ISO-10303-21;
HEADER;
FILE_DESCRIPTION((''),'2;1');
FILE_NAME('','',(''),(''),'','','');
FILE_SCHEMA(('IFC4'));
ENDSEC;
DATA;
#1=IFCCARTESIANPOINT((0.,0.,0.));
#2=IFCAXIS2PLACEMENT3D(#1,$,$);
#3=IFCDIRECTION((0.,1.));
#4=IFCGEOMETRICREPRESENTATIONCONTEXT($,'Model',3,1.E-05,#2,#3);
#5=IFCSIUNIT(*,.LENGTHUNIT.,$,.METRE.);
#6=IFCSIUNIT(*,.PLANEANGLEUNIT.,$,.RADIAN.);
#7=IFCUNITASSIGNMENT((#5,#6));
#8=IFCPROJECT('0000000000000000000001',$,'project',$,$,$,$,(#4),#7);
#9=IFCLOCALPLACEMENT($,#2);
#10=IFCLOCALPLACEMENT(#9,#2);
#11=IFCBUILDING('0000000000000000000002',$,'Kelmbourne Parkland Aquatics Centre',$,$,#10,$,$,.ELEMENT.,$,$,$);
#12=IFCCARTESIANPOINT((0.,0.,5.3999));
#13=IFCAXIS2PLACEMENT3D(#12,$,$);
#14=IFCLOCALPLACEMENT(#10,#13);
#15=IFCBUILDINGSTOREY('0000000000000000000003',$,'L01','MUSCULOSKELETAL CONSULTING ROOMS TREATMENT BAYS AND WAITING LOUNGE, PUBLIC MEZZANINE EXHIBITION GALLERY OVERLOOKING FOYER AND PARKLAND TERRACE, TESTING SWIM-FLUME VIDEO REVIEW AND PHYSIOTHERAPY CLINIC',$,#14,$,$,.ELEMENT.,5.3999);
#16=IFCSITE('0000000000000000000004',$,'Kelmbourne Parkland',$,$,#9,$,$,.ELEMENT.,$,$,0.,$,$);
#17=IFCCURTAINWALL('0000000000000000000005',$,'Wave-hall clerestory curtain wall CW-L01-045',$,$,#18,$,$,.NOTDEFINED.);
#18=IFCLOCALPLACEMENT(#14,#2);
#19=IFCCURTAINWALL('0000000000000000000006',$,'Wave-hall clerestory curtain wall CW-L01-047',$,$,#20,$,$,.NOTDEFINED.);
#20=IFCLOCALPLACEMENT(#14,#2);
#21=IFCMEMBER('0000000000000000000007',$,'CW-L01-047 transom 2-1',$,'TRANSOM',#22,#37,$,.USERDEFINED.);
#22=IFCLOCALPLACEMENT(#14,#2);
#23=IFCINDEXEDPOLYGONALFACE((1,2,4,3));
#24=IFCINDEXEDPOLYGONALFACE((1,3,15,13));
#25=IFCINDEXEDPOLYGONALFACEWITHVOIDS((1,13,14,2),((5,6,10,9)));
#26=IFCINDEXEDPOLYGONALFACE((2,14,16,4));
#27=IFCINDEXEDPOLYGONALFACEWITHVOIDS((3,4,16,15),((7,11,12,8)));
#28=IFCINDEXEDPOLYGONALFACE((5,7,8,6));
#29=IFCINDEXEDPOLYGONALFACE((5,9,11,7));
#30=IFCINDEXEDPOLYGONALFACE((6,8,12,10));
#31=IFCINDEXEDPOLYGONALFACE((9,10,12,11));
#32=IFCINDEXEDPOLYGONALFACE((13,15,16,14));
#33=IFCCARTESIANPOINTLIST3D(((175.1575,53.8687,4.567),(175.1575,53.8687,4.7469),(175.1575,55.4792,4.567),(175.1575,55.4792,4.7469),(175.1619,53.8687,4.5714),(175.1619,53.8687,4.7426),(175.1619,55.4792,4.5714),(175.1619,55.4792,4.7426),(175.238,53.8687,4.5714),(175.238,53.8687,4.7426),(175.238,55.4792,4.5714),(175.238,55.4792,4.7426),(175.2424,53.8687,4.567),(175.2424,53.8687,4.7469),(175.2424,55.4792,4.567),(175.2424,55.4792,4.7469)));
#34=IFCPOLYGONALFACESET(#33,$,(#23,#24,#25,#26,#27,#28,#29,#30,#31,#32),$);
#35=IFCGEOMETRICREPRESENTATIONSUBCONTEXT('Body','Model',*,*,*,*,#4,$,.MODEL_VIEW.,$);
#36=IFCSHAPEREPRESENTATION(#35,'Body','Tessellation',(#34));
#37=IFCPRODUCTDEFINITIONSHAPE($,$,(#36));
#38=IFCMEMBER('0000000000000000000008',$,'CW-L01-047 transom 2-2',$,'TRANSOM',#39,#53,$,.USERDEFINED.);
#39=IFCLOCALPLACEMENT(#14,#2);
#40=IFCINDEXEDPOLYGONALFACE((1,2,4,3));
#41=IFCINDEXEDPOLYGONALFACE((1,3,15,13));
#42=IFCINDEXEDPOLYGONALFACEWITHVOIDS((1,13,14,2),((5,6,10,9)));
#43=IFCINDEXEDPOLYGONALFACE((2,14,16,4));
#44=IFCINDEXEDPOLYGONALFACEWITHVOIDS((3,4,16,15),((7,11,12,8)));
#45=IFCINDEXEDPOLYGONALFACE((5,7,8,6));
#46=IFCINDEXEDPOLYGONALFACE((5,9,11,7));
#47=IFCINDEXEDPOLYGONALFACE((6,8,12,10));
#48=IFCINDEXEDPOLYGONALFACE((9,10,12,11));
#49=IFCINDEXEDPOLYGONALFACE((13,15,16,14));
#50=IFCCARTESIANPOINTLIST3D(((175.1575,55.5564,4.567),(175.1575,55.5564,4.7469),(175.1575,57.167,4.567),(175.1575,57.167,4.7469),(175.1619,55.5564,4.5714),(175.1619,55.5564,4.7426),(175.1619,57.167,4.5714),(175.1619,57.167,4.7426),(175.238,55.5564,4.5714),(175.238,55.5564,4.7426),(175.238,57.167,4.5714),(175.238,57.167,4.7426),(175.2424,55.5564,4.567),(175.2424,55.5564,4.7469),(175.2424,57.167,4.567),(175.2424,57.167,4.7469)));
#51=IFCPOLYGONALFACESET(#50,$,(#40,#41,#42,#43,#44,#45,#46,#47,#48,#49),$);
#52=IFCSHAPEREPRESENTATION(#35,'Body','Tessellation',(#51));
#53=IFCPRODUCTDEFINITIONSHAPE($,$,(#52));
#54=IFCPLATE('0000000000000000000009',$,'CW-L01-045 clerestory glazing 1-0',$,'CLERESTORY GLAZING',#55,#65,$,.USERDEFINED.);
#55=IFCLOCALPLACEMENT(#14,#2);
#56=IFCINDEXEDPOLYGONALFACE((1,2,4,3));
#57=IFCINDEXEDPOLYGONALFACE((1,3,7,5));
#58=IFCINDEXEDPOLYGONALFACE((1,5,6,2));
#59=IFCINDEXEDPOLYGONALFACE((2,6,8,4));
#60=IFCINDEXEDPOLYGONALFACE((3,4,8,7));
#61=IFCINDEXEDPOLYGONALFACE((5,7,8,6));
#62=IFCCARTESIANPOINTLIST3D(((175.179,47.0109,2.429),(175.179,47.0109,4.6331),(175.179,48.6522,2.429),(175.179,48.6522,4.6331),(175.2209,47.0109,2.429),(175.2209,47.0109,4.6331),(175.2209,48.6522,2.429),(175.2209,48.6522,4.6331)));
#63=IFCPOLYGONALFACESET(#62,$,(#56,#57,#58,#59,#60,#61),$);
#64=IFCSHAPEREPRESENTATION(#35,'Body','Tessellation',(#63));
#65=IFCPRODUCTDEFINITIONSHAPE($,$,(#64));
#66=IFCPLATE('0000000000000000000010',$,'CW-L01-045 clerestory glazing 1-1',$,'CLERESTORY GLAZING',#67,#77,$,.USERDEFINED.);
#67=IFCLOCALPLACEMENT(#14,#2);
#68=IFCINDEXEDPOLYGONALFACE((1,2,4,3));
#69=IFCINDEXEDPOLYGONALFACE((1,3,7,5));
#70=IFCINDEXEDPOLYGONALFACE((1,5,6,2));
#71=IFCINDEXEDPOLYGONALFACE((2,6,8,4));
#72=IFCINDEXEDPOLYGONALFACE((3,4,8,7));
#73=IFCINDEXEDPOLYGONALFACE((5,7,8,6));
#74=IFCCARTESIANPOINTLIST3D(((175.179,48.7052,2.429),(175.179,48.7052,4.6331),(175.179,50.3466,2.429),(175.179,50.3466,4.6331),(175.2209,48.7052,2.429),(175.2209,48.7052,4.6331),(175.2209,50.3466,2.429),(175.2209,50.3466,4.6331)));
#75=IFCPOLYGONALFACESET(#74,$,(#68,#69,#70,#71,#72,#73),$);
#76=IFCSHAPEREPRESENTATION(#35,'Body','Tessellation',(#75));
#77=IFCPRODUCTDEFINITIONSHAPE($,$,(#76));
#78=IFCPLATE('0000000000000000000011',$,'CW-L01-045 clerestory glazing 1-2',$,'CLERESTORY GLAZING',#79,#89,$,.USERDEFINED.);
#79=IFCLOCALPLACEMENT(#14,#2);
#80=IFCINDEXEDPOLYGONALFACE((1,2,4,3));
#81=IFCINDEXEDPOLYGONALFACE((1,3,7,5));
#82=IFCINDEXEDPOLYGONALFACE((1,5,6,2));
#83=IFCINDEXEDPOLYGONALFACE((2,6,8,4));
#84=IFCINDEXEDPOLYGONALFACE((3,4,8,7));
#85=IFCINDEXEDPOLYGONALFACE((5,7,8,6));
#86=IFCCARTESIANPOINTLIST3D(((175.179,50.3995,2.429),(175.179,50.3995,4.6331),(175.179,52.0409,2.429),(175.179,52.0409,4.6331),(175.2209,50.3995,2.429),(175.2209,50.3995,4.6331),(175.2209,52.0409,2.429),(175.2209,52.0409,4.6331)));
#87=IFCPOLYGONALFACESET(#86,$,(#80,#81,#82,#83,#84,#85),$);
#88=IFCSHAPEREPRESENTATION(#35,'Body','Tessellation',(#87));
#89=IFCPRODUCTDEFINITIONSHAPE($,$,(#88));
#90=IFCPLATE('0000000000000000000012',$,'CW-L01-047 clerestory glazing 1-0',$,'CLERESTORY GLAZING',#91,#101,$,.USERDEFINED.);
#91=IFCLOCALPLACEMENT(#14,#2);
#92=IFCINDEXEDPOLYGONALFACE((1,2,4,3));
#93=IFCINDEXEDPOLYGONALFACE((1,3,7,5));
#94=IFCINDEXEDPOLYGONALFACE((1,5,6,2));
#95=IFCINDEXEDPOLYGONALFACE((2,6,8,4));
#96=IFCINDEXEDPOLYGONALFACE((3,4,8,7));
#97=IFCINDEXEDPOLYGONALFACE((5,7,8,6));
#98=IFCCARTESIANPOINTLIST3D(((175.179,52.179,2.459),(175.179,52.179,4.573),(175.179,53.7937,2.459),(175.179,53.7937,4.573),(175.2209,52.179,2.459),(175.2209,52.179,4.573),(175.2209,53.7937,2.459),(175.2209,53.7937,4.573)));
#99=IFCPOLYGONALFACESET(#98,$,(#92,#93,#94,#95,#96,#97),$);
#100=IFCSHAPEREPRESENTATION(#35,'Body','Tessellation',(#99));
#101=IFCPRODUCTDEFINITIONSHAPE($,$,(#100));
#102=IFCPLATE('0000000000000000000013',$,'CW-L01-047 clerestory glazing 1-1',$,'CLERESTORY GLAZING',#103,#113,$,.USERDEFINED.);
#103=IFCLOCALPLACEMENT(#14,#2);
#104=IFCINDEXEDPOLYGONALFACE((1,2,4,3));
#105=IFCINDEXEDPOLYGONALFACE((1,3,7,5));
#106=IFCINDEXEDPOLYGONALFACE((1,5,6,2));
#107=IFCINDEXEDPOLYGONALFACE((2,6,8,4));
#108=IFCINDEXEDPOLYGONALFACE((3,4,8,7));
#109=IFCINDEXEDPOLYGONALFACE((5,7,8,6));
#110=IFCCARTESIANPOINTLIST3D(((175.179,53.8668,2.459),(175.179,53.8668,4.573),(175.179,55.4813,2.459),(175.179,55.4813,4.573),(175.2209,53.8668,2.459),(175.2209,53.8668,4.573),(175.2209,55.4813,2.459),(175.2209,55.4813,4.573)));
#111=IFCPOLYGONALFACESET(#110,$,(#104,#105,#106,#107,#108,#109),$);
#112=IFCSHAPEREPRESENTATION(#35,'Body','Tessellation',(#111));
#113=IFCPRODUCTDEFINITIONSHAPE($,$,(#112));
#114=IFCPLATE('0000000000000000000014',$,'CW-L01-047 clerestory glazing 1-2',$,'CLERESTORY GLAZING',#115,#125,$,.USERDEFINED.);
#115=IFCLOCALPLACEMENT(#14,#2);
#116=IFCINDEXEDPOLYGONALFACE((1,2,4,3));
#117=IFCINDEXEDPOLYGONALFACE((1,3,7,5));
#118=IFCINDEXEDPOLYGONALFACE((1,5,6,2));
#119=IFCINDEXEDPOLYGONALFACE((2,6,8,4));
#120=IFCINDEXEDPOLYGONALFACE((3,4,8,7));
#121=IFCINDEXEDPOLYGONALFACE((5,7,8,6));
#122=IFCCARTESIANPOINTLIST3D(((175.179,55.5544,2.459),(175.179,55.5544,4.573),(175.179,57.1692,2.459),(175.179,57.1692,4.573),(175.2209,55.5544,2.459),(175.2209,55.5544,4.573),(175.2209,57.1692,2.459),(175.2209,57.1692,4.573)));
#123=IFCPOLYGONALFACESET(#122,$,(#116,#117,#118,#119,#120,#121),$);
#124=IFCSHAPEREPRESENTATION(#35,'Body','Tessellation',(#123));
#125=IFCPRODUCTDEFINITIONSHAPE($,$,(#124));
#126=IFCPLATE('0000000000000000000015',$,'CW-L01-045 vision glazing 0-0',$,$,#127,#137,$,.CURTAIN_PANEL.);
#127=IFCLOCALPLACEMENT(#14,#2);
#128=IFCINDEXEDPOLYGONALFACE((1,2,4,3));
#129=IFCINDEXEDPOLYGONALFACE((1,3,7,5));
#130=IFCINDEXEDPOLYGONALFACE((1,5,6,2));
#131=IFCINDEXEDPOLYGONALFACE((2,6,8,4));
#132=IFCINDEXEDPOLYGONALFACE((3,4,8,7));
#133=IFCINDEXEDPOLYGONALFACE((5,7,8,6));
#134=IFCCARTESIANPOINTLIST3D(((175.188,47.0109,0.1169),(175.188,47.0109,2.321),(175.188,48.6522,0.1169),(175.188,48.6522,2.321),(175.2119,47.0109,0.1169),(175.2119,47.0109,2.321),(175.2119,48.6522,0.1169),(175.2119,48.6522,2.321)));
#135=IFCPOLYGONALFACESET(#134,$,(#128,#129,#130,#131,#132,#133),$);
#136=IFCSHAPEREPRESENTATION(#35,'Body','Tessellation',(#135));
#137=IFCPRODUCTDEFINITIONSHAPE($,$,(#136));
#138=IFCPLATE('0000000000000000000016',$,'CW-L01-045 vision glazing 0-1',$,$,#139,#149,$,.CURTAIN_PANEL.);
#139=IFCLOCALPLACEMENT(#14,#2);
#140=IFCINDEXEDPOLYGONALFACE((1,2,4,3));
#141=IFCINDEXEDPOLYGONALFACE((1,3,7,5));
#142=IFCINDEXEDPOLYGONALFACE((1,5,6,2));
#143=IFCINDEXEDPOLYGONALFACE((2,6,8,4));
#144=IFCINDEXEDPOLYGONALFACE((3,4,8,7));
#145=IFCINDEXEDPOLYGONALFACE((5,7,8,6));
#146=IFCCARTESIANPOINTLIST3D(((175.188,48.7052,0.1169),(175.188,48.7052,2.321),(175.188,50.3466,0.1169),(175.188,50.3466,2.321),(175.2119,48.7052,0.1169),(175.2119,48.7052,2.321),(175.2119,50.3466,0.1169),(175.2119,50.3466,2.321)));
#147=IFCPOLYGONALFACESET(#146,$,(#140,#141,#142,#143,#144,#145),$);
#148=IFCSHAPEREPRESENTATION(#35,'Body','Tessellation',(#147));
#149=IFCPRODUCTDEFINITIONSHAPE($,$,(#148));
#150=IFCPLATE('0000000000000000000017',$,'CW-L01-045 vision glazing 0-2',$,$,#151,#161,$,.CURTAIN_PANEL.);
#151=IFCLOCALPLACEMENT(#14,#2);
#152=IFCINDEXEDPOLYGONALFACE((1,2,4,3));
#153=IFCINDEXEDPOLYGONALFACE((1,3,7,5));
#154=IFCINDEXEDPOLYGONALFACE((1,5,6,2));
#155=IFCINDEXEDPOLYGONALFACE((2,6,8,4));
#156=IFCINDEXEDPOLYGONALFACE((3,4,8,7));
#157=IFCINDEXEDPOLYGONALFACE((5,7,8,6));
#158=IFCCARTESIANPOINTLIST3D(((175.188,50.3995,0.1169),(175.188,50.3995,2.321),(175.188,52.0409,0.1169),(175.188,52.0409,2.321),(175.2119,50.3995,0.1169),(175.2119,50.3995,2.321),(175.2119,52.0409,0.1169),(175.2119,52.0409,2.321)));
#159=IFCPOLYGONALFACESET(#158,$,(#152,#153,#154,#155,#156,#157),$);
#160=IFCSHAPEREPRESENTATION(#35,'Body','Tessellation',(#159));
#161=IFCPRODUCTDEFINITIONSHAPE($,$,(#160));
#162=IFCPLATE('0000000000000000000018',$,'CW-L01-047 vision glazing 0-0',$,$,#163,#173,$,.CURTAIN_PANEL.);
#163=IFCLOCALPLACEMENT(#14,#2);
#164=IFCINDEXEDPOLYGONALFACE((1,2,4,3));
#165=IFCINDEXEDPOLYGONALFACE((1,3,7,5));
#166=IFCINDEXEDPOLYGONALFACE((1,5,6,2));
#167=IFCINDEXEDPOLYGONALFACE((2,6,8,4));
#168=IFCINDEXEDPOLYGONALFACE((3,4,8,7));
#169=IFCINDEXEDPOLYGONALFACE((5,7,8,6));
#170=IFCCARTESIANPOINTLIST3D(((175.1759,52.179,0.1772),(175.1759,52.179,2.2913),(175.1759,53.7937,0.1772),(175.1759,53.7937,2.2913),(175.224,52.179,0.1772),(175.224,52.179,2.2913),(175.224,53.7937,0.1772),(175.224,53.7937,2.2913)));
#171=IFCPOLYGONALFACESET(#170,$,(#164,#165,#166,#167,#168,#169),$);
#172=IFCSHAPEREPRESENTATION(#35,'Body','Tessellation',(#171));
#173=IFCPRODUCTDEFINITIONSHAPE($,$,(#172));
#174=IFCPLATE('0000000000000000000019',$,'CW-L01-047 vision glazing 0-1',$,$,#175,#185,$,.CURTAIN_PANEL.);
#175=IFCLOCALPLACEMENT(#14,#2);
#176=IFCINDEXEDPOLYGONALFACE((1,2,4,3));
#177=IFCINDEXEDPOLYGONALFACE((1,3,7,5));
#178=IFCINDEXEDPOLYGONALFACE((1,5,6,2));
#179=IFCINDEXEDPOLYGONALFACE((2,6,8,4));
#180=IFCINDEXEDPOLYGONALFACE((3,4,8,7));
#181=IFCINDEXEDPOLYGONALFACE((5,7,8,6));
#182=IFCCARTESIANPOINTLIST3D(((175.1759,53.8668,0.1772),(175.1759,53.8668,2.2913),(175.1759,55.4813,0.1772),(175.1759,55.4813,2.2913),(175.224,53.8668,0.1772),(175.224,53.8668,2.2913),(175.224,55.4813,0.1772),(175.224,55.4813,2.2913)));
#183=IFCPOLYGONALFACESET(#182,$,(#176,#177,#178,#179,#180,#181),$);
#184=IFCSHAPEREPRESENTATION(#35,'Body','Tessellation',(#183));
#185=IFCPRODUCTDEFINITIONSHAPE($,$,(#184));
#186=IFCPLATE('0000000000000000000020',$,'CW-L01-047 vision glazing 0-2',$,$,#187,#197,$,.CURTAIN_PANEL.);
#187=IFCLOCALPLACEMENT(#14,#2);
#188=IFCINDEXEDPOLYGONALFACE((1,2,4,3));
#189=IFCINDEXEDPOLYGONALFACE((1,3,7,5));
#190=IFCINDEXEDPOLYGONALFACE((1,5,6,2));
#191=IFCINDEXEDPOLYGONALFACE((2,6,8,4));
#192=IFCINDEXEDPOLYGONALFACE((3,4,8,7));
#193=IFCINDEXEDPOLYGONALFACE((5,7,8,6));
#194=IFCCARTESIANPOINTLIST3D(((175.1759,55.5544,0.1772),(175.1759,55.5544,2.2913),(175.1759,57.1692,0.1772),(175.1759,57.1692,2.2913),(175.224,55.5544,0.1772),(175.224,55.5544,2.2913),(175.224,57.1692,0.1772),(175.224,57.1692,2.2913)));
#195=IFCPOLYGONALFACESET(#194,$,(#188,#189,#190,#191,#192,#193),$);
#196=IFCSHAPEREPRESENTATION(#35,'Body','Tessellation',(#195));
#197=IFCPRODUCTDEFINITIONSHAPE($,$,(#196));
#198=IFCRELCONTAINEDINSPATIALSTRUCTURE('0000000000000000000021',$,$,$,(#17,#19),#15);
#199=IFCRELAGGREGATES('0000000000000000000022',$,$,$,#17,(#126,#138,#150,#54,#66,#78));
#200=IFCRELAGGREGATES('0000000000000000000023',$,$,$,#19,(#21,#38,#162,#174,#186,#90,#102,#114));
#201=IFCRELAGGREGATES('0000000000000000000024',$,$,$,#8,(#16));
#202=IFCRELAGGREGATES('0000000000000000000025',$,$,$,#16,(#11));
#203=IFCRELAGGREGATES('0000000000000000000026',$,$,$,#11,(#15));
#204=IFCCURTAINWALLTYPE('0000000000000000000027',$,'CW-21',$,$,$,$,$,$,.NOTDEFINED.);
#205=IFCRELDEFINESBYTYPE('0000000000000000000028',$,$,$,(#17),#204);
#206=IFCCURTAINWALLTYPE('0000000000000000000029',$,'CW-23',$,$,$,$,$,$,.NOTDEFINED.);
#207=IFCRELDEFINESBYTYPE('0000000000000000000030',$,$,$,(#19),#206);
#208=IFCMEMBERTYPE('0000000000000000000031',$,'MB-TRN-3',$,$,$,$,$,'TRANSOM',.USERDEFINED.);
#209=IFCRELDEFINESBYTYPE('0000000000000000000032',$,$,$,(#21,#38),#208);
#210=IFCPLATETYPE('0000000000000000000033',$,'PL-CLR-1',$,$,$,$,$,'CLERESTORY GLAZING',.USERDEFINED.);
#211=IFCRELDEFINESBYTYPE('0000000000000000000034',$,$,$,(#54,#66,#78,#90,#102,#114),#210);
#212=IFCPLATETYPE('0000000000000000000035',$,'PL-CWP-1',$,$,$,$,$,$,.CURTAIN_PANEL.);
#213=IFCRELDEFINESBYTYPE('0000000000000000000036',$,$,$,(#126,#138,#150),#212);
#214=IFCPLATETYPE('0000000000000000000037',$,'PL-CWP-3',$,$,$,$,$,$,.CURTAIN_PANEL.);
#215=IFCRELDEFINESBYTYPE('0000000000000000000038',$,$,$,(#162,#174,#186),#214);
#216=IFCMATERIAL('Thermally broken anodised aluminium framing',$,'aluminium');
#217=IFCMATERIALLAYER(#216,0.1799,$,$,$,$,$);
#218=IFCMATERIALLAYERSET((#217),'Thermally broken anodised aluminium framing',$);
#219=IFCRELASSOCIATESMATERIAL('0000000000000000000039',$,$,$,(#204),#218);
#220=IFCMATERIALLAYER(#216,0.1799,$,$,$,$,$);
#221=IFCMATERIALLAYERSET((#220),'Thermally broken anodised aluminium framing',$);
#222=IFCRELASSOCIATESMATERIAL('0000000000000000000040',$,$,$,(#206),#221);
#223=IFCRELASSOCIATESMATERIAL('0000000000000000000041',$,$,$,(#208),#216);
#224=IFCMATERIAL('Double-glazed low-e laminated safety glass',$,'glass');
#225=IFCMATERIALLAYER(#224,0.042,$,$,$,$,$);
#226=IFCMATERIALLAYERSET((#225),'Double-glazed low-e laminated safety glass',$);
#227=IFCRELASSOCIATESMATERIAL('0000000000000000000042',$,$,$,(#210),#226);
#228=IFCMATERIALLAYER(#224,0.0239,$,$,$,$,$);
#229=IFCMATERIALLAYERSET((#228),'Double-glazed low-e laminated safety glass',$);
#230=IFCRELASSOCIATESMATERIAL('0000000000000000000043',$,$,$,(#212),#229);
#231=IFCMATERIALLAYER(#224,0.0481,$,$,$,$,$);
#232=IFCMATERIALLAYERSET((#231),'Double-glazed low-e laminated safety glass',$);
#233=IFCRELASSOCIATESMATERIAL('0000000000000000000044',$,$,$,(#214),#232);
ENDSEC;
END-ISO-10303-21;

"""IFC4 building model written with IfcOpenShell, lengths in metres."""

from ifc_helpers import new_model, si_unit, direction, frame, origin, origin_2d, place, context, subcontext, project, spatial, rectangle, hollow_rectangle, extrude, material, layer, layer_set, material_profile, profile_set, type_object, element, aggregate, save


model = new_model("IFC4")

# Units and contexts
model_context = context("Model", 3, precision=1e-05, world=origin(), true_north=direction((0.0, 1.0)))
body_context = subcontext(model_context, "Body", "Model", "MODEL_VIEW")
ifc_project = project(units=[si_unit("LENGTHUNIT", "METRE"), si_unit("PLANEANGLEUNIT", "RADIAN")], contexts=[model_context])

# Site, building, storey
site_placement = place(None, origin())
site = spatial("IfcSite", under=ifc_project, at=site_placement, Name="Kelmbourne Parkland", CompositionType="ELEMENT", RefElevation=0.0)
building_placement = place(site_placement, origin())
building = spatial("IfcBuilding", under=site, at=building_placement, Name="Kelmbourne Parkland Aquatics Centre", CompositionType="ELEMENT")
storey_placement = place(building_placement, frame((0.0, 0.0, 5.3999)))
storey = spatial("IfcBuildingStorey", under=building, at=storey_placement, Name="L01", Description="MUSCULOSKELETAL CONSULTING ROOMS TREATMENT BAYS AND WAITING LOUNGE, PUBLIC MEZZANINE EXHIBITION GALLERY OVERLOOKING FOYER AND PARKLAND TERRACE, TESTING SWIM-FLUME VIDEO REVIEW AND PHYSIOTHERAPY CLINIC", CompositionType="ELEMENT", Elevation=5.3999)

# Curtain walls
ifc_material_1 = material(Name="Thermally broken anodised aluminium framing", Category="aluminium")
ifc_layer_1 = layer(ifc_material_1, 0.1799)
ifc_layer_set_1 = layer_set([ifc_layer_1], Name="Thermally broken anodised aluminium framing")
curtain_wall_type_1 = type_object("IfcCurtainWallType", Name="CW-21", PredefinedType="NOTDEFINED", material=ifc_layer_set_1)
curtain_wall_1_placement = place(storey_placement, origin())
curtain_wall_1 = element("IfcCurtainWall", 1, at=curtain_wall_1_placement, inside=storey, type_object=curtain_wall_type_1, Name="Wave-hall clerestory curtain wall CW-L01-045", PredefinedType="NOTDEFINED")
ifc_layer_2 = layer(ifc_material_1, 0.1799)
ifc_layer_set_2 = layer_set([ifc_layer_2], Name="Thermally broken anodised aluminium framing")
curtain_wall_type_2 = type_object("IfcCurtainWallType", Name="CW-23", PredefinedType="NOTDEFINED", material=ifc_layer_set_2)
curtain_wall_2_placement = place(storey_placement, origin())
curtain_wall_2 = element("IfcCurtainWall", 2, at=curtain_wall_2_placement, inside=storey, type_object=curtain_wall_type_2, Name="Wave-hall clerestory curtain wall CW-L01-047", PredefinedType="NOTDEFINED")

# Members
ifc_material_profile_1 = material_profile(ifc_material_1, hollow_rectangle(XDim=0.085, YDim=0.1799, WallThickness=0.0044, at=origin_2d()), Name="CW-T 85x180")
ifc_profile_set_1 = profile_set([ifc_material_profile_1], Name="Thermally broken anodised aluminium framing")
member_type_1 = type_object("IfcMemberType", Name="MB-TRN-3", ElementType="TRANSOM", PredefinedType="USERDEFINED", material=ifc_profile_set_1)
member_1_placement = place(storey_placement, frame((175.2, 53.8687, 4.657), z_axis=(0.0, 1.0, 0.0), x_axis=(-1.0, 0.0, 0.0)))
member_1 = element("IfcMember", 3, at=member_1_placement, type_object=member_type_1, Name="CW-L01-047 transom 2-1", ObjectType="TRANSOM", PredefinedType="USERDEFINED", context=body_context, shape_type="SweptSolid", body=[
    extrude(hollow_rectangle(XDim=0.085, YDim=0.1799, WallThickness=0.0044, at=origin_2d()), origin(), (0.0, 0.0, 1.0), 1.6106),
])
member_2_placement = place(storey_placement, frame((175.2, 55.5564, 4.657), z_axis=(0.0, 1.0, 0.0), x_axis=(-1.0, 0.0, 0.0)))
member_2 = element("IfcMember", 4, at=member_2_placement, type_object=member_type_1, Name="CW-L01-047 transom 2-2", ObjectType="TRANSOM", PredefinedType="USERDEFINED", context=body_context, shape_type="SweptSolid", body=[
    extrude(hollow_rectangle(XDim=0.085, YDim=0.1799, WallThickness=0.0044, at=origin_2d()), origin(), (0.0, 0.0, 1.0), 1.6106),
])

# Plates
ifc_material_2 = material(Name="Double-glazed low-e laminated safety glass", Category="glass")
ifc_layer_3 = layer(ifc_material_2, 0.042)
ifc_layer_set_3 = layer_set([ifc_layer_3], Name="Double-glazed low-e laminated safety glass")
plate_type_1 = type_object("IfcPlateType", Name="PL-CLR-1", ElementType="CLERESTORY GLAZING", PredefinedType="USERDEFINED", material=ifc_layer_set_3)
plate_1_placement = place(storey_placement, frame((175.2, 47.8315, 2.429), z_axis=(0.0, 0.0, 1.0), x_axis=(0.0, 1.0, 0.0)))
plate_1 = element("IfcPlate", 5, at=plate_1_placement, type_object=plate_type_1, Name="CW-L01-045 clerestory glazing 1-0", ObjectType="CLERESTORY GLAZING", PredefinedType="USERDEFINED", context=body_context, shape_type="SweptSolid", body=[
    extrude(rectangle(XDim=1.6414, YDim=0.042, at=origin_2d()), origin(), (0.0, 0.0, 1.0), 2.2041),
])
plate_2_placement = place(storey_placement, frame((175.2, 49.5259, 2.429), z_axis=(0.0, 0.0, 1.0), x_axis=(0.0, 1.0, 0.0)))
plate_2 = element("IfcPlate", 6, at=plate_2_placement, type_object=plate_type_1, Name="CW-L01-045 clerestory glazing 1-1", ObjectType="CLERESTORY GLAZING", PredefinedType="USERDEFINED", context=body_context, shape_type="SweptSolid", body=[
    extrude(rectangle(XDim=1.6414, YDim=0.042, at=origin_2d()), origin(), (0.0, 0.0, 1.0), 2.2041),
])
plate_3_placement = place(storey_placement, frame((175.2, 51.2202, 2.429), z_axis=(0.0, 0.0, 1.0), x_axis=(0.0, 1.0, 0.0)))
plate_3 = element("IfcPlate", 7, at=plate_3_placement, type_object=plate_type_1, Name="CW-L01-045 clerestory glazing 1-2", ObjectType="CLERESTORY GLAZING", PredefinedType="USERDEFINED", context=body_context, shape_type="SweptSolid", body=[
    extrude(rectangle(XDim=1.6414, YDim=0.042, at=origin_2d()), origin(), (0.0, 0.0, 1.0), 2.2041),
])
plate_4_placement = place(storey_placement, frame((175.2, 52.9863, 2.459), z_axis=(0.0, 0.0, 1.0), x_axis=(0.0, 1.0, 0.0)))
plate_4 = element("IfcPlate", 8, at=plate_4_placement, type_object=plate_type_1, Name="CW-L01-047 clerestory glazing 1-0", ObjectType="CLERESTORY GLAZING", PredefinedType="USERDEFINED", context=body_context, shape_type="SweptSolid", body=[
    extrude(rectangle(XDim=1.6147, YDim=0.042, at=origin_2d()), origin(), (0.0, 0.0, 1.0), 2.114),
])
plate_5_placement = place(storey_placement, frame((175.2, 54.6741, 2.459), z_axis=(0.0, 0.0, 1.0), x_axis=(0.0, 1.0, 0.0)))
plate_5 = element("IfcPlate", 9, at=plate_5_placement, type_object=plate_type_1, Name="CW-L01-047 clerestory glazing 1-1", ObjectType="CLERESTORY GLAZING", PredefinedType="USERDEFINED", context=body_context, shape_type="SweptSolid", body=[
    extrude(rectangle(XDim=1.6145, YDim=0.042, at=origin_2d()), origin(), (0.0, 0.0, 1.0), 2.114),
])
plate_6_placement = place(storey_placement, frame((175.2, 56.3618, 2.459), z_axis=(0.0, 0.0, 1.0), x_axis=(0.0, 1.0, 0.0)))
plate_6 = element("IfcPlate", 10, at=plate_6_placement, type_object=plate_type_1, Name="CW-L01-047 clerestory glazing 1-2", ObjectType="CLERESTORY GLAZING", PredefinedType="USERDEFINED", context=body_context, shape_type="SweptSolid", body=[
    extrude(rectangle(XDim=1.6147, YDim=0.042, at=origin_2d()), origin(), (0.0, 0.0, 1.0), 2.114),
])
ifc_layer_4 = layer(ifc_material_2, 0.0239)
ifc_layer_set_4 = layer_set([ifc_layer_4], Name="Double-glazed low-e laminated safety glass")
plate_type_2 = type_object("IfcPlateType", Name="PL-CWP-1", PredefinedType="CURTAIN_PANEL", material=ifc_layer_set_4)
plate_7_placement = place(storey_placement, frame((175.2, 47.8315, 0.1169), z_axis=(0.0, 0.0, 1.0), x_axis=(0.0, 1.0, 0.0)))
plate_7 = element("IfcPlate", 11, at=plate_7_placement, type_object=plate_type_2, Name="CW-L01-045 vision glazing 0-0", PredefinedType="CURTAIN_PANEL", context=body_context, shape_type="SweptSolid", body=[
    extrude(rectangle(XDim=1.6414, YDim=0.0239, at=origin_2d()), origin(), (0.0, 0.0, 1.0), 2.2041),
])
plate_8_placement = place(storey_placement, frame((175.2, 49.5259, 0.1169), z_axis=(0.0, 0.0, 1.0), x_axis=(0.0, 1.0, 0.0)))
plate_8 = element("IfcPlate", 12, at=plate_8_placement, type_object=plate_type_2, Name="CW-L01-045 vision glazing 0-1", PredefinedType="CURTAIN_PANEL", context=body_context, shape_type="SweptSolid", body=[
    extrude(rectangle(XDim=1.6414, YDim=0.0239, at=origin_2d()), origin(), (0.0, 0.0, 1.0), 2.2041),
])
plate_9_placement = place(storey_placement, frame((175.2, 51.2202, 0.1169), z_axis=(0.0, 0.0, 1.0), x_axis=(0.0, 1.0, 0.0)))
plate_9 = element("IfcPlate", 13, at=plate_9_placement, type_object=plate_type_2, Name="CW-L01-045 vision glazing 0-2", PredefinedType="CURTAIN_PANEL", context=body_context, shape_type="SweptSolid", body=[
    extrude(rectangle(XDim=1.6414, YDim=0.0239, at=origin_2d()), origin(), (0.0, 0.0, 1.0), 2.2041),
])
aggregate(curtain_wall_1, [plate_7, plate_8, plate_9, plate_1, plate_2, plate_3])
ifc_layer_5 = layer(ifc_material_2, 0.0481)
ifc_layer_set_5 = layer_set([ifc_layer_5], Name="Double-glazed low-e laminated safety glass")
plate_type_3 = type_object("IfcPlateType", Name="PL-CWP-3", PredefinedType="CURTAIN_PANEL", material=ifc_layer_set_5)
plate_10_placement = place(storey_placement, frame((175.2, 52.9863, 0.1772), z_axis=(0.0, 0.0, 1.0), x_axis=(0.0, 1.0, 0.0)))
plate_10 = element("IfcPlate", 14, at=plate_10_placement, type_object=plate_type_3, Name="CW-L01-047 vision glazing 0-0", PredefinedType="CURTAIN_PANEL", context=body_context, shape_type="SweptSolid", body=[
    extrude(rectangle(XDim=1.6147, YDim=0.0481, at=origin_2d()), origin(), (0.0, 0.0, 1.0), 2.114),
])
plate_11_placement = place(storey_placement, frame((175.2, 54.6741, 0.1772), z_axis=(0.0, 0.0, 1.0), x_axis=(0.0, 1.0, 0.0)))
plate_11 = element("IfcPlate", 15, at=plate_11_placement, type_object=plate_type_3, Name="CW-L01-047 vision glazing 0-1", PredefinedType="CURTAIN_PANEL", context=body_context, shape_type="SweptSolid", body=[
    extrude(rectangle(XDim=1.6145, YDim=0.0481, at=origin_2d()), origin(), (0.0, 0.0, 1.0), 2.114),
])
plate_12_placement = place(storey_placement, frame((175.2, 56.3618, 0.1772), z_axis=(0.0, 0.0, 1.0), x_axis=(0.0, 1.0, 0.0)))
plate_12 = element("IfcPlate", 16, at=plate_12_placement, type_object=plate_type_3, Name="CW-L01-047 vision glazing 0-2", PredefinedType="CURTAIN_PANEL", context=body_context, shape_type="SweptSolid", body=[
    extrude(rectangle(XDim=1.6147, YDim=0.0481, at=origin_2d()), origin(), (0.0, 0.0, 1.0), 2.114),
])
aggregate(curtain_wall_2, [member_1, member_2, plate_10, plate_11, plate_12, plate_4, plate_5, plate_6])

save(model, "model.ifc")
